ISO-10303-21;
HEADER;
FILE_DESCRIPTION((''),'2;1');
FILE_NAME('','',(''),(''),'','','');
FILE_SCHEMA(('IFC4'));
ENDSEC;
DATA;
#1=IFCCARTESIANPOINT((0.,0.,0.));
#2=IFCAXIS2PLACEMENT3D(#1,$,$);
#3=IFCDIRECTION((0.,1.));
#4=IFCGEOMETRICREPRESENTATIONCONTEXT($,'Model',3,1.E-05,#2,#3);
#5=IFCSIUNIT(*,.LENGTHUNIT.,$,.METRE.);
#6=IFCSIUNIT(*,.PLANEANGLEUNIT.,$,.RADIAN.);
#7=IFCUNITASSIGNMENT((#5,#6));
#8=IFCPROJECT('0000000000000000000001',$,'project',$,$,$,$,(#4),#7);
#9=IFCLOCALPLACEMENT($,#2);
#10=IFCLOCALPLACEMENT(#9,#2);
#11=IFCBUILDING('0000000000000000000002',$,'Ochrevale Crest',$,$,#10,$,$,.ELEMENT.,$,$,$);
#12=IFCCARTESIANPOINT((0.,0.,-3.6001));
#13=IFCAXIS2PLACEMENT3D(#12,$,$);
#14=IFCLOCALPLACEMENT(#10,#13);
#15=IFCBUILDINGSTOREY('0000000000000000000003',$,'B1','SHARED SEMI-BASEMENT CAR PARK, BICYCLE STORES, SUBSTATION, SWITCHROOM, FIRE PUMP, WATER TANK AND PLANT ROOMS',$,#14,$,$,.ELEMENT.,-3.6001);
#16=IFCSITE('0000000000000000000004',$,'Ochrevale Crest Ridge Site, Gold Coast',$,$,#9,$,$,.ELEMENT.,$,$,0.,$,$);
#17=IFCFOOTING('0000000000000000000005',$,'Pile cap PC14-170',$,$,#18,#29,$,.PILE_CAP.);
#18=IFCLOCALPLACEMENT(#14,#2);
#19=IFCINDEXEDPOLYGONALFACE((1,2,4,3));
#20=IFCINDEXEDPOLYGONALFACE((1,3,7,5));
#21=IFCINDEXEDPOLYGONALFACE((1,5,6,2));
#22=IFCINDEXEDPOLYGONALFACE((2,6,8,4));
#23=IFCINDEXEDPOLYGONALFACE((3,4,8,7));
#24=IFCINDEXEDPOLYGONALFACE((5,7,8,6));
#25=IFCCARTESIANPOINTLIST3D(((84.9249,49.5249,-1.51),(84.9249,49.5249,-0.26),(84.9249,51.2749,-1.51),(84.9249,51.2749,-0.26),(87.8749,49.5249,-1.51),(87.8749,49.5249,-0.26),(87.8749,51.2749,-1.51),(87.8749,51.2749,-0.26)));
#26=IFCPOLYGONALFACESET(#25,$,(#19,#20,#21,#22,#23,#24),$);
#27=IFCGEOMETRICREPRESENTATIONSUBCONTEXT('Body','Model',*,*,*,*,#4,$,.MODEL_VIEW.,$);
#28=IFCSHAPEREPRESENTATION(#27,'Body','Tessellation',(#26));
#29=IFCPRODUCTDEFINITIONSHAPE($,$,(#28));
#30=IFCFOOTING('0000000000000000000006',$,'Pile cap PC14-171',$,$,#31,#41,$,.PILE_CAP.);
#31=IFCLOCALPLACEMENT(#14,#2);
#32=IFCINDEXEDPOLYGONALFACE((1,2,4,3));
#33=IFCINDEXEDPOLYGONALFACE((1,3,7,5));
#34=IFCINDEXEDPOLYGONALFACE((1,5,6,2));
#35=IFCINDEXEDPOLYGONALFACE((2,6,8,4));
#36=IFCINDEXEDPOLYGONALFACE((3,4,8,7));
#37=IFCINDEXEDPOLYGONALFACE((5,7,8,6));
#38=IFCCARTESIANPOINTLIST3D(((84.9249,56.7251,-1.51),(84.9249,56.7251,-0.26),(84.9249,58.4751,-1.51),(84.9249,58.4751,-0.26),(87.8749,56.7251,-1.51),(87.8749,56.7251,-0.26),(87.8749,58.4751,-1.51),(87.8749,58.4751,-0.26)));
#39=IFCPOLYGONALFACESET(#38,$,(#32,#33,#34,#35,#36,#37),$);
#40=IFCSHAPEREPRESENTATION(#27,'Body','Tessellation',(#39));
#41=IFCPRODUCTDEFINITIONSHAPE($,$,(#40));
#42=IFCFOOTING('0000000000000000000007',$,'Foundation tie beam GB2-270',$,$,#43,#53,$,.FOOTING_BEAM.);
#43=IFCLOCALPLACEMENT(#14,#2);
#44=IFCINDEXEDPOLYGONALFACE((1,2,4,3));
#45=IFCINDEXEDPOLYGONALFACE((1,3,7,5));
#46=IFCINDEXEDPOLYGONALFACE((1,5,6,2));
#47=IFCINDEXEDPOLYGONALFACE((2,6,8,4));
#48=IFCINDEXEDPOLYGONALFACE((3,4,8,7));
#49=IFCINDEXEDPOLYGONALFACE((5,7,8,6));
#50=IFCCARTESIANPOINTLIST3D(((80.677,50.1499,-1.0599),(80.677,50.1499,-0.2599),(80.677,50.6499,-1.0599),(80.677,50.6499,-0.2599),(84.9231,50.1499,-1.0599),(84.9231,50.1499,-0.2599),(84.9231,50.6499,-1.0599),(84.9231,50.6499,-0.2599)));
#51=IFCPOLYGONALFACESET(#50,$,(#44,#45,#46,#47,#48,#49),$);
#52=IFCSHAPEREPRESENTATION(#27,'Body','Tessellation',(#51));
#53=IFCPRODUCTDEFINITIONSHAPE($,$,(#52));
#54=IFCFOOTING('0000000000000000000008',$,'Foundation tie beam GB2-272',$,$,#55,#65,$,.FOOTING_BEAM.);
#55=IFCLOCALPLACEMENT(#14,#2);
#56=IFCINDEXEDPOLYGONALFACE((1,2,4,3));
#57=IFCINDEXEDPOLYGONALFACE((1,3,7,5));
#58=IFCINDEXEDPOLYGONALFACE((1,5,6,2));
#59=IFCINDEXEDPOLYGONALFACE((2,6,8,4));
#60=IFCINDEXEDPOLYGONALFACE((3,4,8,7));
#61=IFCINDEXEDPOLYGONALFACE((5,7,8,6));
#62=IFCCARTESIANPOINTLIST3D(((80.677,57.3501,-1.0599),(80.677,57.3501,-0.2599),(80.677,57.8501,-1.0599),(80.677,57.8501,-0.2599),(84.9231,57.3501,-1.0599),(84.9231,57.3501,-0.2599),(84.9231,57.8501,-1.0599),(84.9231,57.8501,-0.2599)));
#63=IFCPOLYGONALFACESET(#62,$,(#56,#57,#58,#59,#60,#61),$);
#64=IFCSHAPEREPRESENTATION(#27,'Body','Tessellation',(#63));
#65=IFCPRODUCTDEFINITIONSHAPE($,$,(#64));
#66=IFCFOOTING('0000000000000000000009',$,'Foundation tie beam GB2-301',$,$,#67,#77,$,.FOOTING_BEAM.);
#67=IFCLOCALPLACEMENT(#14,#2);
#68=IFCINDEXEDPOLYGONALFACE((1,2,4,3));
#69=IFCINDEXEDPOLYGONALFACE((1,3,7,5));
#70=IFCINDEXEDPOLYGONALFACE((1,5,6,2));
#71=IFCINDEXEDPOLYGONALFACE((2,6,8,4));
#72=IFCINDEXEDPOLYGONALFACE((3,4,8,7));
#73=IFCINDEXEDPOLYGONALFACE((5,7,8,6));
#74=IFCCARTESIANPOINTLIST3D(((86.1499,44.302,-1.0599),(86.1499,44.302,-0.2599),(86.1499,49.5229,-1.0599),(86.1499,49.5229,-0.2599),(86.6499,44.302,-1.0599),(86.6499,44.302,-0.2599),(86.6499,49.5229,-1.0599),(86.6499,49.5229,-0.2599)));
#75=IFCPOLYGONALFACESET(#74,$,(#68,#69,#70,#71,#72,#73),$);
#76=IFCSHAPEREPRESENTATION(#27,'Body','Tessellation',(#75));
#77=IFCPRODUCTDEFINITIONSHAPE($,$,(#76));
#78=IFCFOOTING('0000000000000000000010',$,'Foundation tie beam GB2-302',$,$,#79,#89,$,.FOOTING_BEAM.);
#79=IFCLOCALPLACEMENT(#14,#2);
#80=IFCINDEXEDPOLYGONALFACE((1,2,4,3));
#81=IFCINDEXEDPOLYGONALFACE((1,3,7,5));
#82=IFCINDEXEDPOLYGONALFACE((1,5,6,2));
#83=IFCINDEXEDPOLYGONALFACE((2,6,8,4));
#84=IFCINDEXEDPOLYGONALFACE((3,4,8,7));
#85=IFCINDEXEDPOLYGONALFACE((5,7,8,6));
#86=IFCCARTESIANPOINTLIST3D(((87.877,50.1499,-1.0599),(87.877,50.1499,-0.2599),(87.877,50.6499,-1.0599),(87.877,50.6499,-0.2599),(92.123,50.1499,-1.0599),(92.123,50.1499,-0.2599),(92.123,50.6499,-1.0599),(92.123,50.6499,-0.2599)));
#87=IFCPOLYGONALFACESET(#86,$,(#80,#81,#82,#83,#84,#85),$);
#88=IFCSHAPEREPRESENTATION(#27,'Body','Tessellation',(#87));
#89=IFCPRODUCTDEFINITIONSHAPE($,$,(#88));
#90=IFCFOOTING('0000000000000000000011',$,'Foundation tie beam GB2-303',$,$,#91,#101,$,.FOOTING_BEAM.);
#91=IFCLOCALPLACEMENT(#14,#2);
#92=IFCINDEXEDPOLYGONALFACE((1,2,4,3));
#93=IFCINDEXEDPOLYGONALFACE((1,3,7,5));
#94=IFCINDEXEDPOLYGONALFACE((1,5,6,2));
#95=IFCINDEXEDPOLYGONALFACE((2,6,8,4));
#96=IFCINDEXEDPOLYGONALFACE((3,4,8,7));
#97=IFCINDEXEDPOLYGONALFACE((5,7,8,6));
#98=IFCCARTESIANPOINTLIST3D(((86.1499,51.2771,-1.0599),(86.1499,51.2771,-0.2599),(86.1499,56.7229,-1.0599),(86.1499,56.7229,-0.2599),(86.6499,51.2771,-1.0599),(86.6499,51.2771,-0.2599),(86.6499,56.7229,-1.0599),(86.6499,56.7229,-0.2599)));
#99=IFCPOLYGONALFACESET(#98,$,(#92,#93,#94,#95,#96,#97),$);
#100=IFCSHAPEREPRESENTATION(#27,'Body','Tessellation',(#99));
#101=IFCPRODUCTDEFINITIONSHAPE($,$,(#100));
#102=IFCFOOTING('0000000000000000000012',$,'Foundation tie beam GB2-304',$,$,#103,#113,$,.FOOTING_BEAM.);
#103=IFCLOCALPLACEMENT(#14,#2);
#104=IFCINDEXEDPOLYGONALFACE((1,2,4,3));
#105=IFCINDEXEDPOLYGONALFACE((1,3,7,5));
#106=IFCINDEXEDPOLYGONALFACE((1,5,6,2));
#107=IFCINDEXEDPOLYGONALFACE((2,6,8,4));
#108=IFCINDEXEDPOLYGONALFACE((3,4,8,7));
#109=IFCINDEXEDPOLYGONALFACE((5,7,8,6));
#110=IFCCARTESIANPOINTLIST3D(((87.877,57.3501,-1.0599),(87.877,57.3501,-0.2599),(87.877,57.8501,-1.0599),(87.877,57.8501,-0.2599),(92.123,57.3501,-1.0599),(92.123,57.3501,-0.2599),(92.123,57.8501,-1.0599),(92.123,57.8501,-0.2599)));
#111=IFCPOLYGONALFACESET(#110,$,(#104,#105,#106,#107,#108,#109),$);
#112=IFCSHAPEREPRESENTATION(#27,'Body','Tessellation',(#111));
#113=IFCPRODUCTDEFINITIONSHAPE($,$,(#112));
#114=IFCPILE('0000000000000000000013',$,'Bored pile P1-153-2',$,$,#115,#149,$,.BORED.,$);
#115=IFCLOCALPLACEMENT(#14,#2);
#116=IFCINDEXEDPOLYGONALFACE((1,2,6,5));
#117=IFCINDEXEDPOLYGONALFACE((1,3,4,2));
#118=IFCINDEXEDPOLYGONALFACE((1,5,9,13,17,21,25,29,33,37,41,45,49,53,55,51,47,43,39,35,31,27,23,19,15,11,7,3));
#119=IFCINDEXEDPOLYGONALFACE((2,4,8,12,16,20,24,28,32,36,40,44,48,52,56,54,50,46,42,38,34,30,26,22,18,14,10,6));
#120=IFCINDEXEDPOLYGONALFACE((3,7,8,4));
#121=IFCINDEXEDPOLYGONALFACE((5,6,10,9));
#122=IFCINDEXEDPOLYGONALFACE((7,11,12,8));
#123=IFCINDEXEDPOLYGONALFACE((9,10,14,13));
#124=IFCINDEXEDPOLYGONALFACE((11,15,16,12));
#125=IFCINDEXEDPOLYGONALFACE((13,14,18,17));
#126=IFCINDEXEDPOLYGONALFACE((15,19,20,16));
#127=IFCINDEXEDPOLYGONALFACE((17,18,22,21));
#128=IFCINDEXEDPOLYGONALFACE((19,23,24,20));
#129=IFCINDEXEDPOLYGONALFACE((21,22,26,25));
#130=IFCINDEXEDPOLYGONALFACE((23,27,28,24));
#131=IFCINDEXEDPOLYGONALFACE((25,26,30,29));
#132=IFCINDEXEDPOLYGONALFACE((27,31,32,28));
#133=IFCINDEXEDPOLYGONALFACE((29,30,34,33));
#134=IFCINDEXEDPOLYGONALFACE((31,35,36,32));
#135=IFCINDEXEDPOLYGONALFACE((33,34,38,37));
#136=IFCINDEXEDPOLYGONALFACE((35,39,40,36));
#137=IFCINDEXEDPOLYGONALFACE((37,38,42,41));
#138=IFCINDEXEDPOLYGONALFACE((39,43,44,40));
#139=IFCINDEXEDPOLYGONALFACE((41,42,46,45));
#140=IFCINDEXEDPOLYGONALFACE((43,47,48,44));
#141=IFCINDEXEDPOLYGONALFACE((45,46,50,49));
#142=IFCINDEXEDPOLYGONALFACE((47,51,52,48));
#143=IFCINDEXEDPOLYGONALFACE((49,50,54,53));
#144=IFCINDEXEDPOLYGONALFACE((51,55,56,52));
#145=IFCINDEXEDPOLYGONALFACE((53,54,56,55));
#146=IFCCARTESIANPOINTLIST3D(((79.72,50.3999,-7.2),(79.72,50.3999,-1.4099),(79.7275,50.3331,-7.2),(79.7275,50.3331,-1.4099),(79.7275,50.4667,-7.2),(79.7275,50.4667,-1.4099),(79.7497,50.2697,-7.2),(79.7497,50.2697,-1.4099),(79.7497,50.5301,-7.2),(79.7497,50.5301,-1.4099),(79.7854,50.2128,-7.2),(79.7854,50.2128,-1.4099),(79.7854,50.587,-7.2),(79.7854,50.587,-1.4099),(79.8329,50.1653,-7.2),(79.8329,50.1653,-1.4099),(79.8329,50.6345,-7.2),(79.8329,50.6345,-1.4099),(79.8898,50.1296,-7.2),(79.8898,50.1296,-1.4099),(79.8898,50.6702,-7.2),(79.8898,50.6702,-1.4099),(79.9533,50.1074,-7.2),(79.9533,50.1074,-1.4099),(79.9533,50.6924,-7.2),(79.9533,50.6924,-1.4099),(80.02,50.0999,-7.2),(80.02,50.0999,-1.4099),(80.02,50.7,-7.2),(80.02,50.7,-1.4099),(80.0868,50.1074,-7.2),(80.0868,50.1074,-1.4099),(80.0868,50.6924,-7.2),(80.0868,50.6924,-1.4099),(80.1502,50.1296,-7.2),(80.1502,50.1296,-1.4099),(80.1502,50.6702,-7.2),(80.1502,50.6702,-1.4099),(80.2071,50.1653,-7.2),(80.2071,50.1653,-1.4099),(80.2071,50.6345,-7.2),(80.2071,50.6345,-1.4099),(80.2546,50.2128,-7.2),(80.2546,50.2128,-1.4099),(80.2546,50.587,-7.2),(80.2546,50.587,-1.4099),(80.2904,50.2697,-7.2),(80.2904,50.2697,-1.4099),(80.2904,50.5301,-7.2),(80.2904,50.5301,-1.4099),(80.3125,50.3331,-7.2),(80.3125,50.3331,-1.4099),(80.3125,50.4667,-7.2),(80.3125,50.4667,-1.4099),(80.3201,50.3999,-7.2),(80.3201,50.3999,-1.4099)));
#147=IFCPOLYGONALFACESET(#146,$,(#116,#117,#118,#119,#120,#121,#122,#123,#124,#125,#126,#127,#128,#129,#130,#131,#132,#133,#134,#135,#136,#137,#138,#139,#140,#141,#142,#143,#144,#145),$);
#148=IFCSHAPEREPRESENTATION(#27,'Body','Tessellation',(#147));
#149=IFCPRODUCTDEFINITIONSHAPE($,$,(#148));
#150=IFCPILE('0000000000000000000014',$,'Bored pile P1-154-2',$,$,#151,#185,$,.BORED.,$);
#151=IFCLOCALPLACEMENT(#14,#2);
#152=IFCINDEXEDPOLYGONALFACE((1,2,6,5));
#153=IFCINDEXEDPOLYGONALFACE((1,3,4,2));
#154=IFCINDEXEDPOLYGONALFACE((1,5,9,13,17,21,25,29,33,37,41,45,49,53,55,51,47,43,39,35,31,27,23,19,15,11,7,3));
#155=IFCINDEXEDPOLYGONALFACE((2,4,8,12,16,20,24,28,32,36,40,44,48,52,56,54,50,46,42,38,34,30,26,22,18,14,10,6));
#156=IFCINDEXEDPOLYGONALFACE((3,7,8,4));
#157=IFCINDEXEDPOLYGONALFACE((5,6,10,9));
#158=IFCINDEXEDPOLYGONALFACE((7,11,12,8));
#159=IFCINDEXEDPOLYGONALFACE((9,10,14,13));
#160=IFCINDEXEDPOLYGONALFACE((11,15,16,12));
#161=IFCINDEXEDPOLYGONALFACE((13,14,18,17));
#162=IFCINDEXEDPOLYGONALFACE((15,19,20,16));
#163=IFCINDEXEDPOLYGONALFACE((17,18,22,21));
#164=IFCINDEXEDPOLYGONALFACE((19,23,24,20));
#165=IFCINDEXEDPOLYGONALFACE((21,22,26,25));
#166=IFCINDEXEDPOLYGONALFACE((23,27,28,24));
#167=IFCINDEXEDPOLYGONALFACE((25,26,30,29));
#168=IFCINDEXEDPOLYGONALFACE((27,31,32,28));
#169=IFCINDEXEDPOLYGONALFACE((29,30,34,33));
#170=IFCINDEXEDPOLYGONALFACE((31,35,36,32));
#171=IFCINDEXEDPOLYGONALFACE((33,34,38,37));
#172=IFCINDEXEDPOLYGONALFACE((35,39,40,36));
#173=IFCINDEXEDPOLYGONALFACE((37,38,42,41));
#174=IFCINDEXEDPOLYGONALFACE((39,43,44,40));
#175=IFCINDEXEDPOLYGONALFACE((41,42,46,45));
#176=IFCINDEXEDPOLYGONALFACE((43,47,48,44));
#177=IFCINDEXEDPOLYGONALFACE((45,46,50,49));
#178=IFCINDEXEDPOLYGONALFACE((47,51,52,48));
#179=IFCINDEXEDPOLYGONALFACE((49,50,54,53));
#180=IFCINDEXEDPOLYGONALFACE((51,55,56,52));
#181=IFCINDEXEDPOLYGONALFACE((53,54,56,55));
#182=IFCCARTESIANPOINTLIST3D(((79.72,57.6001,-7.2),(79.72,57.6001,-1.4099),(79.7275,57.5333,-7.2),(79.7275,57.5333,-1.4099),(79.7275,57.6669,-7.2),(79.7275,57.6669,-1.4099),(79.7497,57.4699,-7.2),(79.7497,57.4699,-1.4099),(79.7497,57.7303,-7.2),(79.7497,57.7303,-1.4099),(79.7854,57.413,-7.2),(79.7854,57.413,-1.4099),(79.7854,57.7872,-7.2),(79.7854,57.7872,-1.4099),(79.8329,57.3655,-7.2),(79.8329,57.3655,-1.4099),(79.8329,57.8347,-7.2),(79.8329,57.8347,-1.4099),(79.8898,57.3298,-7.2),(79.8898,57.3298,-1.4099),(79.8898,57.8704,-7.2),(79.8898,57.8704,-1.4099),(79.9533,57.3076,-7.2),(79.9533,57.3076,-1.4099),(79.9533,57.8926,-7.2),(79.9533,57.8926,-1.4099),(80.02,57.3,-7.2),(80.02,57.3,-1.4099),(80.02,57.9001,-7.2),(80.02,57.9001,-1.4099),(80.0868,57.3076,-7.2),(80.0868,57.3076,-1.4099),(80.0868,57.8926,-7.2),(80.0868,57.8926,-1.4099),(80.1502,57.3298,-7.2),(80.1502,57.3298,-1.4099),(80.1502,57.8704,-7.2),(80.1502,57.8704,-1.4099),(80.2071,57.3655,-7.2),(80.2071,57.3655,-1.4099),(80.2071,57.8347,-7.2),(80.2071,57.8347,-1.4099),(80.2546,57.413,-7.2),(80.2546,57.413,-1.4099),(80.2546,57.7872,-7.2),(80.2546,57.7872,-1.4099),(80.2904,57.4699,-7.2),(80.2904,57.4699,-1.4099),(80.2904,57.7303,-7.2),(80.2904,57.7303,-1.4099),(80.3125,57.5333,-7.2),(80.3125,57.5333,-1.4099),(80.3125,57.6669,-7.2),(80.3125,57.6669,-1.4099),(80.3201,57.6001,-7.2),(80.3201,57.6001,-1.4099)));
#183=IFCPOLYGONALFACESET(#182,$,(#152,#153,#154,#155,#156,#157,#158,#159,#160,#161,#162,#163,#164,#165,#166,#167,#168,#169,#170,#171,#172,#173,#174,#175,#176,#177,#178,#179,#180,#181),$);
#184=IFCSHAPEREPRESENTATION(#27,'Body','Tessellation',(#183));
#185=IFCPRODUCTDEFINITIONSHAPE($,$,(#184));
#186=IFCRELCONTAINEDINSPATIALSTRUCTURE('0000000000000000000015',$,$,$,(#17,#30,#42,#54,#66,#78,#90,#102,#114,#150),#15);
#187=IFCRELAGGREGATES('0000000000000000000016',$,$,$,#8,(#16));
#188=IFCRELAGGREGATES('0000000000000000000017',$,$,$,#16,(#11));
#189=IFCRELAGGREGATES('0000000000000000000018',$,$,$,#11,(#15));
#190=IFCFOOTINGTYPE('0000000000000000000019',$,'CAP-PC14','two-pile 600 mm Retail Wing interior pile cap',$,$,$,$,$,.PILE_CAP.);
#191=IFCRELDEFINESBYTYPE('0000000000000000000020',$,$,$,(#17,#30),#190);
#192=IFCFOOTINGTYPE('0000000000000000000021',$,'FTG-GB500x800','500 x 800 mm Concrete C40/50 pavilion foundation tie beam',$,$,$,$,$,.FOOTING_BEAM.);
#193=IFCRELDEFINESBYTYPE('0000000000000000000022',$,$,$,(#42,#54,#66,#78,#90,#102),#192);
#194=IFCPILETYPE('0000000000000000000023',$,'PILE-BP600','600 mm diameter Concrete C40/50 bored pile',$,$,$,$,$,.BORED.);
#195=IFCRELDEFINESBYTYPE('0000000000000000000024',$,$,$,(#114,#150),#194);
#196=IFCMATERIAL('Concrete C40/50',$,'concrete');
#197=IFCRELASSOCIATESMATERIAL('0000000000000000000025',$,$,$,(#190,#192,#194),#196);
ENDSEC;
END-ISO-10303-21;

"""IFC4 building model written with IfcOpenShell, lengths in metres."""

from ifc_helpers import new_model, si_unit, direction, frame, origin, origin_2d, place, context, subcontext, project, spatial, rectangle, circle, extrude, material, material_profile, profile_set, type_object, element, save


model = new_model("IFC4")

# Units and contexts
model_context = context("Model", 3, precision=1e-05, world=origin(), true_north=direction((0.0, 1.0)))
body_context = subcontext(model_context, "Body", "Model", "MODEL_VIEW")
ifc_project = project(units=[si_unit("LENGTHUNIT", "METRE"), si_unit("PLANEANGLEUNIT", "RADIAN")], contexts=[model_context])

# Site, building, storey
site_placement = place(None, origin())
site = spatial("IfcSite", under=ifc_project, at=site_placement, Name="Ochrevale Crest Ridge Site, Gold Coast", CompositionType="ELEMENT", RefElevation=0.0)
building_placement = place(site_placement, origin())
building = spatial("IfcBuilding", under=site, at=building_placement, Name="Ochrevale Crest", CompositionType="ELEMENT")
storey_placement = place(building_placement, frame((0.0, 0.0, -3.6001)))
storey = spatial("IfcBuildingStorey", under=building, at=storey_placement, Name="B1", Description="SHARED SEMI-BASEMENT CAR PARK, BICYCLE STORES, SUBSTATION, SWITCHROOM, FIRE PUMP, WATER TANK AND PLANT ROOMS", CompositionType="ELEMENT", Elevation=-3.6001)

# Footings
ifc_material_1 = material(Name="Concrete C40/50", Category="concrete")
footing_type_1 = type_object("IfcFootingType", Name="CAP-PC14", Description="two-pile 600 mm Retail Wing interior pile cap", PredefinedType="PILE_CAP", material=ifc_material_1)
for number, where, z_axis, x_axis, name in (
    (1, (86.3999, 50.3999, -1.51), (0.0, 0.0, 1.0), (1.0, 0.0, 0.0), "Pile cap PC14-170"),
    (2, (86.3999, 57.6001, -1.51), (0.0, 0.0, 1.0), (1.0, 0.0, 0.0), "Pile cap PC14-171"),
):
    element("IfcFooting", number, at=place(storey_placement, frame(where, z_axis=z_axis, x_axis=x_axis)), inside=storey, type_object=footing_type_1, Name=name, PredefinedType="PILE_CAP", context=body_context, shape_type="SweptSolid", body=[
        extrude(rectangle(XDim=2.95, YDim=1.75, at=origin_2d()), origin(), (0.0, 0.0, 1.0), 1.25),
    ])
ifc_material_profile_1 = material_profile(ifc_material_1, rectangle(XDim=0.5, YDim=0.8, at=origin_2d()), Name="GB 500x800")
ifc_profile_set_1 = profile_set([ifc_material_profile_1], Name="Concrete C40/50")
footing_type_2 = type_object("IfcFootingType", Name="FTG-GB500x800", Description="500 x 800 mm Concrete C40/50 pavilion foundation tie beam", PredefinedType="FOOTING_BEAM", material=ifc_profile_set_1)
for number, where, z_axis, x_axis, name in (
    (3, (80.677, 50.3999, -0.6599), (1.0, 0.0, 0.0), (0.0, 1.0, 0.0), "Foundation tie beam GB2-270"),
    (4, (80.677, 57.6001, -0.6599), (1.0, 0.0, 0.0), (0.0, 1.0, 0.0), "Foundation tie beam GB2-272"),
):
    element("IfcFooting", number, at=place(storey_placement, frame(where, z_axis=z_axis, x_axis=x_axis)), inside=storey, type_object=footing_type_2, Name=name, PredefinedType="FOOTING_BEAM", context=body_context, shape_type="SweptSolid", body=[
        extrude(rectangle(XDim=0.5, YDim=0.8, at=origin_2d()), origin(), (0.0, 0.0, 1.0), 4.2461),
    ])
footing_1_placement = place(storey_placement, frame((86.3999, 44.302, -0.6599), z_axis=(0.0, 1.0, 0.0), x_axis=(-1.0, 0.0, 0.0)))
element("IfcFooting", 5, at=footing_1_placement, inside=storey, type_object=footing_type_2, Name="Foundation tie beam GB2-301", PredefinedType="FOOTING_BEAM", context=body_context, shape_type="SweptSolid", body=[
    extrude(rectangle(XDim=0.5, YDim=0.8, at=origin_2d()), origin(), (0.0, 0.0, 1.0), 5.2209),
])
footing_2_placement = place(storey_placement, frame((87.877, 50.3999, -0.6599), z_axis=(1.0, 0.0, 0.0), x_axis=(0.0, 1.0, 0.0)))
element("IfcFooting", 6, at=footing_2_placement, inside=storey, type_object=footing_type_2, Name="Foundation tie beam GB2-302", PredefinedType="FOOTING_BEAM", context=body_context, shape_type="SweptSolid", body=[
    extrude(rectangle(XDim=0.5, YDim=0.8, at=origin_2d()), origin(), (0.0, 0.0, 1.0), 4.2461),
])
footing_3_placement = place(storey_placement, frame((86.3999, 51.2771, -0.6599), z_axis=(0.0, 1.0, 0.0), x_axis=(-1.0, 0.0, 0.0)))
element("IfcFooting", 7, at=footing_3_placement, inside=storey, type_object=footing_type_2, Name="Foundation tie beam GB2-303", PredefinedType="FOOTING_BEAM", context=body_context, shape_type="SweptSolid", body=[
    extrude(rectangle(XDim=0.5, YDim=0.8, at=origin_2d()), origin(), (0.0, 0.0, 1.0), 5.4458),
])
footing_4_placement = place(storey_placement, frame((87.877, 57.6001, -0.6599), z_axis=(1.0, 0.0, 0.0), x_axis=(0.0, 1.0, 0.0)))
element("IfcFooting", 8, at=footing_4_placement, inside=storey, type_object=footing_type_2, Name="Foundation tie beam GB2-304", PredefinedType="FOOTING_BEAM", context=body_context, shape_type="SweptSolid", body=[
    extrude(rectangle(XDim=0.5, YDim=0.8, at=origin_2d()), origin(), (0.0, 0.0, 1.0), 4.2461),
])

# Piles
ifc_material_profile_2 = material_profile(ifc_material_1, circle(Radius=0.3, at=origin_2d()), Name="BORED PILE 600")
ifc_profile_set_2 = profile_set([ifc_material_profile_2], Name="Concrete C40/50")
pile_type = type_object("IfcPileType", Name="PILE-BP600", Description="600 mm diameter Concrete C40/50 bored pile", PredefinedType="BORED", material=ifc_profile_set_2)
for number, where, z_axis, x_axis, name in (
    (9, (80.02, 50.3999, -1.4099), (0.0, 0.0, -1.0), (1.0, 0.0, 0.0), "Bored pile P1-153-2"),
    (10, (80.02, 57.6001, -1.4099), (0.0, 0.0, -1.0), (1.0, 0.0, 0.0), "Bored pile P1-154-2"),
):
    element("IfcPile", number, at=place(storey_placement, frame(where, z_axis=z_axis, x_axis=x_axis)), inside=storey, type_object=pile_type, Name=name, PredefinedType="BORED", context=body_context, shape_type="SweptSolid", body=[
        extrude(circle(Radius=0.3, at=origin_2d()), origin(), (0.0, 0.0, 1.0), 5.79),
    ])

save(model, "model.ifc")
